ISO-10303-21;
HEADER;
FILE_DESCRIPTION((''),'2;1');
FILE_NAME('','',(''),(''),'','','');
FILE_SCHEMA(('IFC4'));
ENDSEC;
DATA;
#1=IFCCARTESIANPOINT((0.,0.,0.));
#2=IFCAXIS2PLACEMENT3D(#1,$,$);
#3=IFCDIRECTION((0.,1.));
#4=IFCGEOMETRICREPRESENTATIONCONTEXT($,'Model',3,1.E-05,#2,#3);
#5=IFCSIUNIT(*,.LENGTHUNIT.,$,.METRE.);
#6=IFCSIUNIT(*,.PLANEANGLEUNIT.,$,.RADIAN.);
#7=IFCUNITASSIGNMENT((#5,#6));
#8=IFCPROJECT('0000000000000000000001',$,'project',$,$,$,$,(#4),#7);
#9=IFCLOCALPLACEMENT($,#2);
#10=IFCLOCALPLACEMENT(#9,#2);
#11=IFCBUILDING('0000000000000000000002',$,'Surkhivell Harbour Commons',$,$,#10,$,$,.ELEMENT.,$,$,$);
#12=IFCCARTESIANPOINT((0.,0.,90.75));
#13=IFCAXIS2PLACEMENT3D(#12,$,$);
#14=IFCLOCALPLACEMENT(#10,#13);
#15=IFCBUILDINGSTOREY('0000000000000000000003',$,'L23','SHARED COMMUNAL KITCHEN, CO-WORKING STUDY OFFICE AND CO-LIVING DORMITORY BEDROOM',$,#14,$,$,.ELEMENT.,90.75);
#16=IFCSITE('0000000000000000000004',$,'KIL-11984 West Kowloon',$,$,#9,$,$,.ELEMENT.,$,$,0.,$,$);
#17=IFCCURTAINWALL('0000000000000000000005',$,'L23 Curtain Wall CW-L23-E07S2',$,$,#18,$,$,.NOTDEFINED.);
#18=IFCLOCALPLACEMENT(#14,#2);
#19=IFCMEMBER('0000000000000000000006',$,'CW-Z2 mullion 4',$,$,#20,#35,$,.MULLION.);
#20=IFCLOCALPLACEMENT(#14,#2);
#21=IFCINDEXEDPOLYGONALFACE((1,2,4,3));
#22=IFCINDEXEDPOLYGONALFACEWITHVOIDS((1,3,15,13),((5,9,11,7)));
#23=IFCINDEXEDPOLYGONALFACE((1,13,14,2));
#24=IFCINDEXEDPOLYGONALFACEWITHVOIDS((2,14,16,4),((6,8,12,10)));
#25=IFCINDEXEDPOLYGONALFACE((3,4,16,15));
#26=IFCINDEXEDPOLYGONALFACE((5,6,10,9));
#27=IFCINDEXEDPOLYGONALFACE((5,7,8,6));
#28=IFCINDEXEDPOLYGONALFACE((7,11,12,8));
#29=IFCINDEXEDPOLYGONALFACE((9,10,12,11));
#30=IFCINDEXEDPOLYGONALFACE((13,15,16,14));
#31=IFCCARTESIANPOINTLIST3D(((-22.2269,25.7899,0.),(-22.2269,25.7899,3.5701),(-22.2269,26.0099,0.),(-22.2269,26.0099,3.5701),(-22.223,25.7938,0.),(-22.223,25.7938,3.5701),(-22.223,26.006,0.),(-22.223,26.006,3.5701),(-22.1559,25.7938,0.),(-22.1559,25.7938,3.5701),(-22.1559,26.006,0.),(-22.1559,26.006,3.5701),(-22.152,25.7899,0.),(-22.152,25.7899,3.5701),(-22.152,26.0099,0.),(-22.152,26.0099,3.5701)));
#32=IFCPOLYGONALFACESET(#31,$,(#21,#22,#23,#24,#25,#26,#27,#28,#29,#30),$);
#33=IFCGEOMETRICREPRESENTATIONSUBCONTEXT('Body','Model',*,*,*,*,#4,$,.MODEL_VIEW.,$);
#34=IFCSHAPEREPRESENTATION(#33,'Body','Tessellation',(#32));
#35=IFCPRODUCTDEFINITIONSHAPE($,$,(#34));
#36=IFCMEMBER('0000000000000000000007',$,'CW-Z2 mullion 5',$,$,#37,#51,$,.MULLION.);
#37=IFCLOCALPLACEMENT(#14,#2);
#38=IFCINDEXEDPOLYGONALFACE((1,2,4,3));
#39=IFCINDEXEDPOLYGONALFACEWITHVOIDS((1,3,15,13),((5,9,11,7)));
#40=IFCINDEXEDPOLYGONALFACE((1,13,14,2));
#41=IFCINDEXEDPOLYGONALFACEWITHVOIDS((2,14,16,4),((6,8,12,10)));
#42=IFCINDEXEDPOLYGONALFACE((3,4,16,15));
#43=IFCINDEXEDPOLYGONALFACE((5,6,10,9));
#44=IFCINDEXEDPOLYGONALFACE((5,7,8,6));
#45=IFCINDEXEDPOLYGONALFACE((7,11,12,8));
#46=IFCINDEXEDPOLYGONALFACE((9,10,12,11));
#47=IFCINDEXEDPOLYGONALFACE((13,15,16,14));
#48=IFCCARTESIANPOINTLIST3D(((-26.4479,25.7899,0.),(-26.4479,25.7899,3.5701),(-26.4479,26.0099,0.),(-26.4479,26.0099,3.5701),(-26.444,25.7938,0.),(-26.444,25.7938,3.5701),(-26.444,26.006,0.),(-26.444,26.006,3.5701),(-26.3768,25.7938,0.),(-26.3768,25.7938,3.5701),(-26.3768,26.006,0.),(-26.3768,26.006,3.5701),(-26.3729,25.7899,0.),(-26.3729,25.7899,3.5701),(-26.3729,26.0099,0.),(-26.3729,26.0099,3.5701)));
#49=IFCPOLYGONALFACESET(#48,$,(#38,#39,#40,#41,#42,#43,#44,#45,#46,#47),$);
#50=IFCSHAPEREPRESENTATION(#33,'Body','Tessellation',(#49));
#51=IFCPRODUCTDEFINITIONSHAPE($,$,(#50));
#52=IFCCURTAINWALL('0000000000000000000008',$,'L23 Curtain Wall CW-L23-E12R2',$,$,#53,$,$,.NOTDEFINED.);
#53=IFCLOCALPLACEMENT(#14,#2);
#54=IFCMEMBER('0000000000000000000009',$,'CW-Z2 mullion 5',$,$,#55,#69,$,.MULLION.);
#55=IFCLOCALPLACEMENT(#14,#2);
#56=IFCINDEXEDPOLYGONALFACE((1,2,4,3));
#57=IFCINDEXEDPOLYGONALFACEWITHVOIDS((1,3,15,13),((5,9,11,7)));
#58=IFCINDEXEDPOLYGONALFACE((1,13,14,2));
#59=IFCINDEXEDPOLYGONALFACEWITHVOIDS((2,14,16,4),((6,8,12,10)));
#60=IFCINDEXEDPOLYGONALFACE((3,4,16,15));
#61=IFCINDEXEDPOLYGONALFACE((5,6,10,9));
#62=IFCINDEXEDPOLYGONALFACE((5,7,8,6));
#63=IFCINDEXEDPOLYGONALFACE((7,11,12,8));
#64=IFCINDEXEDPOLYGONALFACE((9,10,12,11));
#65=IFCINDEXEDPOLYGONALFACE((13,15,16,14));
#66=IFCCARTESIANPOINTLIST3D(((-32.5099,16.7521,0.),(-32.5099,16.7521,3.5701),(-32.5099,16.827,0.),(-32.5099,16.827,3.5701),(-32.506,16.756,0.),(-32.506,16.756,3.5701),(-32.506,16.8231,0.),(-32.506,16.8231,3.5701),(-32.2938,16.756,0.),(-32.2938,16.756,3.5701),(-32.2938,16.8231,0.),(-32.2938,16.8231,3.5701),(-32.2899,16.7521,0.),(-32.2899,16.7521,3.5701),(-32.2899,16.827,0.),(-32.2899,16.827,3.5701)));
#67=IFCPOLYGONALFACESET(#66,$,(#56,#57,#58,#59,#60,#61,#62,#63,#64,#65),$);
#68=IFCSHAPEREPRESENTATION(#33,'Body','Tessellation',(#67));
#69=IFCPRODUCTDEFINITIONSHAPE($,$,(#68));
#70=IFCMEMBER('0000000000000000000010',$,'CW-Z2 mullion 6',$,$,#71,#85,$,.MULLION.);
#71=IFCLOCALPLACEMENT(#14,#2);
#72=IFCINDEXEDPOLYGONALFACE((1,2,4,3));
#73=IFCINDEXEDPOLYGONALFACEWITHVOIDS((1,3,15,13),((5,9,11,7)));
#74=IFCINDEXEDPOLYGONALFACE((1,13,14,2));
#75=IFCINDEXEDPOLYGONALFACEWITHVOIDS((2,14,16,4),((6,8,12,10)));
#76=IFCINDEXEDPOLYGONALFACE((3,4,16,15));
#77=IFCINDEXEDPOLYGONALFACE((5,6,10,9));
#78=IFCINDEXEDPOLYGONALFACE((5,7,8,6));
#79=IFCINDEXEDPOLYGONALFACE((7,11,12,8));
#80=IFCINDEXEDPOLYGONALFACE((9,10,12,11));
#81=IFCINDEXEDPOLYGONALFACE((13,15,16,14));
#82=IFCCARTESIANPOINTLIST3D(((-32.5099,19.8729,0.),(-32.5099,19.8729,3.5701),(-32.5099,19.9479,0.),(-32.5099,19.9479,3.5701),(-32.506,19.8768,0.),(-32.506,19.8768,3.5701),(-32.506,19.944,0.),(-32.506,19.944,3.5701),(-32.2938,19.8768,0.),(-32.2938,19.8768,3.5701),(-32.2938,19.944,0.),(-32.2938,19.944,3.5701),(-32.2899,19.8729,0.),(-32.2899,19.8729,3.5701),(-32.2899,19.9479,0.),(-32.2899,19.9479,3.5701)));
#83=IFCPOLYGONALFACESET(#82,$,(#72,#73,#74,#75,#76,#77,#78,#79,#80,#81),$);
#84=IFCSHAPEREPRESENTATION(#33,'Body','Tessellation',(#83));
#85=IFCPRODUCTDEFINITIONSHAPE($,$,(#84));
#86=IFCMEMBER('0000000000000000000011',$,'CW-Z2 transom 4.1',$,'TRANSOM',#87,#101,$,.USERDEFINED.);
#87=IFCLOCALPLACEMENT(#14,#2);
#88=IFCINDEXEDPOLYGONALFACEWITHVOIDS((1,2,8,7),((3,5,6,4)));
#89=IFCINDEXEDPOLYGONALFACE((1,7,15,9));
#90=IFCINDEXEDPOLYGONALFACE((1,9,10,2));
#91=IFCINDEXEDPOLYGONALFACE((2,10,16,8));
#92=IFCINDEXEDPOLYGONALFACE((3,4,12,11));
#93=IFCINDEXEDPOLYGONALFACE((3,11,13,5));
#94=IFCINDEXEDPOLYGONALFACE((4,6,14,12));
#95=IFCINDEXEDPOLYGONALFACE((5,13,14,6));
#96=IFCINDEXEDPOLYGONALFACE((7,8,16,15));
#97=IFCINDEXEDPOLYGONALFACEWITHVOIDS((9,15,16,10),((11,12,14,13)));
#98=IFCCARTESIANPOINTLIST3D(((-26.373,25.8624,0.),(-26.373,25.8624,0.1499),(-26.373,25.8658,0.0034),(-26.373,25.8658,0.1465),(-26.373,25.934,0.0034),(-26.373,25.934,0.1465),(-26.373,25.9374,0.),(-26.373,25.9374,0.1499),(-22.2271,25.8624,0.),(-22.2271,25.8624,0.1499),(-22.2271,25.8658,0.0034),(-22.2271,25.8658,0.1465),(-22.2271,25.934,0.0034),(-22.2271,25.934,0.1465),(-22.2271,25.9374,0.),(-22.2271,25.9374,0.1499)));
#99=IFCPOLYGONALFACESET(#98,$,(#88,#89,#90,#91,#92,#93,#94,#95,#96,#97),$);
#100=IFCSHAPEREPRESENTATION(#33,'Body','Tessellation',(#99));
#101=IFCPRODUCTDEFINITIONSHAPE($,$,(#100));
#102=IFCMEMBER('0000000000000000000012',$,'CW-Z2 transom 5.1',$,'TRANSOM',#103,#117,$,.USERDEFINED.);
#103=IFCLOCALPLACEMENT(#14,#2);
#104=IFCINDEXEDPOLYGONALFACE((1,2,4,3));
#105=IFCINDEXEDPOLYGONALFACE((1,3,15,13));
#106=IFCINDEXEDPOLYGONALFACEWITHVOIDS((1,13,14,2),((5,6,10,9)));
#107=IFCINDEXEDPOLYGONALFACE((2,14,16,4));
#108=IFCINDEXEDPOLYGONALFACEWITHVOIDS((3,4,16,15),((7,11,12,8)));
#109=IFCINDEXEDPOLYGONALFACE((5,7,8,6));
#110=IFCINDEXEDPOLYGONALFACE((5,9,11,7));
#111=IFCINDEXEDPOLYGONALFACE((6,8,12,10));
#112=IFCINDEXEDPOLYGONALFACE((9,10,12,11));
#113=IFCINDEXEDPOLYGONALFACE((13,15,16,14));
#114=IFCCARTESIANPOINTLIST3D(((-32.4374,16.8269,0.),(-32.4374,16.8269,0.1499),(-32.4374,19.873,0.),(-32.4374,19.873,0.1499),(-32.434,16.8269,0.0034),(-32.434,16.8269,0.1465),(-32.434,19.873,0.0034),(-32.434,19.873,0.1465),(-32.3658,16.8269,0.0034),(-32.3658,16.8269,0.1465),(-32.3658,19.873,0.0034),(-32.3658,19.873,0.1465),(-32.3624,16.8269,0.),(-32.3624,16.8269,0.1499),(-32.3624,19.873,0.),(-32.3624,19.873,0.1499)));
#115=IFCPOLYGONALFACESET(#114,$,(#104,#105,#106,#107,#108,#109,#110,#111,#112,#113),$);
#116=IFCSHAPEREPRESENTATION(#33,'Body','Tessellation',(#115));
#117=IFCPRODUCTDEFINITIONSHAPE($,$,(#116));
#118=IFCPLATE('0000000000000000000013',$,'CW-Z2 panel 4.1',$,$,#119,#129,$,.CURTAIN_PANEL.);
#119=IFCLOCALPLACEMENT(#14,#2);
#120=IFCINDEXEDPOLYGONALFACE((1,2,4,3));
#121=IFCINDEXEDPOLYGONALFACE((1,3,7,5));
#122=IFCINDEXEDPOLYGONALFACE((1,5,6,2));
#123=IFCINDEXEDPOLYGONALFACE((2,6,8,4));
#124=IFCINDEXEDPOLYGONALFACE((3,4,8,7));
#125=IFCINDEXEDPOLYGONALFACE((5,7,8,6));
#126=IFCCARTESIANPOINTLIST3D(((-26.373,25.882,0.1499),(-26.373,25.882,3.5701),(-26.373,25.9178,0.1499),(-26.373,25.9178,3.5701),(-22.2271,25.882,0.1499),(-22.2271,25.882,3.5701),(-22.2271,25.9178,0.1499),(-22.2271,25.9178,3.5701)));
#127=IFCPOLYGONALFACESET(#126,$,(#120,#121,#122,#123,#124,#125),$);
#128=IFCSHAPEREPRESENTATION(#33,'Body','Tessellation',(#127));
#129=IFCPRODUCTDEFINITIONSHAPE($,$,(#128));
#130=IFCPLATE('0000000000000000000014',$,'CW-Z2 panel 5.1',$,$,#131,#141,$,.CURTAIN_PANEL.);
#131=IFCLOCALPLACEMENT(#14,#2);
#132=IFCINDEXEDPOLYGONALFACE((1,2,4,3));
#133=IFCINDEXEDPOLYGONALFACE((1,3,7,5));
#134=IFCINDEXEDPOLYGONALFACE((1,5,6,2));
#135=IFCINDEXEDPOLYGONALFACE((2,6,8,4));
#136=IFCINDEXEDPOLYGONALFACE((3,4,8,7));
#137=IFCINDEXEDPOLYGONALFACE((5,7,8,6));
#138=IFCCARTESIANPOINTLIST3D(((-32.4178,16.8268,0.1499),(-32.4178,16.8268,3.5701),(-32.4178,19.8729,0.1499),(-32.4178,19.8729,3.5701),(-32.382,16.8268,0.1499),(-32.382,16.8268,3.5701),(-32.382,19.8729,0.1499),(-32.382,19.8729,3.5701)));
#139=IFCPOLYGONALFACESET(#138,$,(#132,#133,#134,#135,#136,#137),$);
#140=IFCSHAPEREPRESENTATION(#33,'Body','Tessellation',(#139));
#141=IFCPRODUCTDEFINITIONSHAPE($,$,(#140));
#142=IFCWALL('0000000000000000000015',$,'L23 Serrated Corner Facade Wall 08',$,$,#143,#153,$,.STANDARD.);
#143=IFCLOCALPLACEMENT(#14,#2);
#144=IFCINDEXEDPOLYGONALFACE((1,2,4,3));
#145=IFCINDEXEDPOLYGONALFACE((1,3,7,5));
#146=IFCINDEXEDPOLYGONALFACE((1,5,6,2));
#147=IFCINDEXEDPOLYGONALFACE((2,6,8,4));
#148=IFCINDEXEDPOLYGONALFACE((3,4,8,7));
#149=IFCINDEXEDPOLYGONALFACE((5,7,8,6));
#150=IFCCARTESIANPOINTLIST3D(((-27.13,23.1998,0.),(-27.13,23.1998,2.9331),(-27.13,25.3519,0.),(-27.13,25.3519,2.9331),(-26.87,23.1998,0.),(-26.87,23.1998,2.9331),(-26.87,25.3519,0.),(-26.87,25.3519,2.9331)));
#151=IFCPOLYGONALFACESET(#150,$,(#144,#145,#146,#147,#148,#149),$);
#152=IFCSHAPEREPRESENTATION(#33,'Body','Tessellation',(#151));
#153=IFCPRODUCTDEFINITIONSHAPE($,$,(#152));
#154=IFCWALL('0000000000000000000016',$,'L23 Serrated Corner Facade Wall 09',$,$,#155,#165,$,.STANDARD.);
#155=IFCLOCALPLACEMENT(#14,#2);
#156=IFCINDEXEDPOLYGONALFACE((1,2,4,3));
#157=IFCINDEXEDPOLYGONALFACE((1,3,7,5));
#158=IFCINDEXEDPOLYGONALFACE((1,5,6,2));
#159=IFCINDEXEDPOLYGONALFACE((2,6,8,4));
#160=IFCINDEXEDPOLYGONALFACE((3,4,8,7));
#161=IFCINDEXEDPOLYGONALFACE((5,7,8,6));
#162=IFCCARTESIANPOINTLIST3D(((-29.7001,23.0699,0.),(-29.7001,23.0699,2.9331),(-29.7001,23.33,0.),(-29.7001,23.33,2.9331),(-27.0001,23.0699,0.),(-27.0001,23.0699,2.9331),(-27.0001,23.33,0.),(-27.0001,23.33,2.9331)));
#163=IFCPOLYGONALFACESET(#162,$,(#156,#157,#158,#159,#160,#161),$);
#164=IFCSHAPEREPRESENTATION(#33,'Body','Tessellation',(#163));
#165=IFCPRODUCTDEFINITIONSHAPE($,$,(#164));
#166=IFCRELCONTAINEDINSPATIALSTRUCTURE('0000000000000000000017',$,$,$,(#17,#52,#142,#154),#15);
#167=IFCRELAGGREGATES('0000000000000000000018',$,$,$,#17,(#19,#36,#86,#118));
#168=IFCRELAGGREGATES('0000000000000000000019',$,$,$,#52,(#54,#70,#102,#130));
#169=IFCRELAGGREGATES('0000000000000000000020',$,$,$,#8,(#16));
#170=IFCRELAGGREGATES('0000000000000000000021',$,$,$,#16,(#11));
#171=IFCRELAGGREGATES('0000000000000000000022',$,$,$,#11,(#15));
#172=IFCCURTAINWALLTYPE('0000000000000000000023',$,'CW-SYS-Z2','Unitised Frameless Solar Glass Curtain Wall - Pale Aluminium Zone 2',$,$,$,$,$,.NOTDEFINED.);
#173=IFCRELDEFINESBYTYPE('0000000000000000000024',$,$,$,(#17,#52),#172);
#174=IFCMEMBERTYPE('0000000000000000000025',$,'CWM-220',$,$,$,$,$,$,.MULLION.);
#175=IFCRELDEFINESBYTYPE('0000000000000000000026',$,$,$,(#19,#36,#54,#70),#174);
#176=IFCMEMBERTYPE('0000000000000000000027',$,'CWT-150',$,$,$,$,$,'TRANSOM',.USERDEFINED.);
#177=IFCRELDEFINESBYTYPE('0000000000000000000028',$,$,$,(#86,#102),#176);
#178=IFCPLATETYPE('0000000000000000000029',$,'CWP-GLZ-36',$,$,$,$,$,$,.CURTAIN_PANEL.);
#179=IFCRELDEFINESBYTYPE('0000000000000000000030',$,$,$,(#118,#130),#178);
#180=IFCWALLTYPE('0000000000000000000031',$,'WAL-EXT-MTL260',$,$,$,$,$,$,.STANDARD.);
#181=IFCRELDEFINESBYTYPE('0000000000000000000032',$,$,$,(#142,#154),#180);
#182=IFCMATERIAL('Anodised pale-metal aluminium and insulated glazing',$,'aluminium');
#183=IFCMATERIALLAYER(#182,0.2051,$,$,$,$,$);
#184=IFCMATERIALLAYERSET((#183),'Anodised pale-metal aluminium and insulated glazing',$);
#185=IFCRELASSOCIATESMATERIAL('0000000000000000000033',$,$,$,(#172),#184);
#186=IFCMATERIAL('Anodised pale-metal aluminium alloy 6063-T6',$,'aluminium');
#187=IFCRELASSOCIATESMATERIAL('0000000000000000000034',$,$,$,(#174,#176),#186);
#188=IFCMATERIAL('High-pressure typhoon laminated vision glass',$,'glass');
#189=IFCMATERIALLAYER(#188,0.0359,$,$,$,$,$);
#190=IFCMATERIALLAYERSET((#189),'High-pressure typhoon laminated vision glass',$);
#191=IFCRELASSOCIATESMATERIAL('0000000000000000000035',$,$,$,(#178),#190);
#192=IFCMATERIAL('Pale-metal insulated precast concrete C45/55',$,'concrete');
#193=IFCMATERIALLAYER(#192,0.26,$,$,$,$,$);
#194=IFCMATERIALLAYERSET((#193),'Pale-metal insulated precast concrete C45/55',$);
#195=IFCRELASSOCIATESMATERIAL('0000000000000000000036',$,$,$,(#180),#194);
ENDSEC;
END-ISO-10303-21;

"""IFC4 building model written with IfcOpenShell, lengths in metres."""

from ifc_helpers import new_model, si_unit, direction, frame, frame_2d, origin, origin_2d, place, context, subcontext, project, spatial, rectangle, hollow_rectangle, extrude, material, layer, layer_set, material_profile, profile_set, type_object, element, aggregate, save


model = new_model("IFC4")

# Units and contexts
model_context = context("Model", 3, precision=1e-05, world=origin(), true_north=direction((0.0, 1.0)))
body_context = subcontext(model_context, "Body", "Model", "MODEL_VIEW")
ifc_project = project(units=[si_unit("LENGTHUNIT", "METRE"), si_unit("PLANEANGLEUNIT", "RADIAN")], contexts=[model_context])

# Site, building, storey
site_placement = place(None, origin())
site = spatial("IfcSite", under=ifc_project, at=site_placement, Name="KIL-11984 West Kowloon", CompositionType="ELEMENT", RefElevation=0.0)
building_placement = place(site_placement, origin())
building = spatial("IfcBuilding", under=site, at=building_placement, Name="Surkhivell Harbour Commons", CompositionType="ELEMENT")
storey_placement = place(building_placement, frame((0.0, 0.0, 90.75)))
storey = spatial("IfcBuildingStorey", under=building, at=storey_placement, Name="L23", Description="SHARED COMMUNAL KITCHEN, CO-WORKING STUDY OFFICE AND CO-LIVING DORMITORY BEDROOM", CompositionType="ELEMENT", Elevation=90.75)

# Curtain walls, members
ifc_material_1 = material(Name="Anodised pale-metal aluminium and insulated glazing", Category="aluminium")
ifc_layer_1 = layer(ifc_material_1, 0.2051)
ifc_layer_set_1 = layer_set([ifc_layer_1], Name="Anodised pale-metal aluminium and insulated glazing")
curtain_wall_type = type_object("IfcCurtainWallType", Name="CW-SYS-Z2", Description="Unitised Frameless Solar Glass Curtain Wall - Pale Aluminium Zone 2", PredefinedType="NOTDEFINED", material=ifc_layer_set_1)
curtain_wall_1_placement = place(storey_placement, origin())
curtain_wall_1 = element("IfcCurtainWall", 1, at=curtain_wall_1_placement, inside=storey, type_object=curtain_wall_type, Name="L23 Curtain Wall CW-L23-E07S2", PredefinedType="NOTDEFINED")
ifc_material_2 = material(Name="Anodised pale-metal aluminium alloy 6063-T6", Category="aluminium")
ifc_material_profile_1 = material_profile(ifc_material_2, hollow_rectangle(XDim=0.075, YDim=0.22, WallThickness=0.0039, at=origin_2d()), Name="ALU-MULL-75x220")
ifc_profile_set_1 = profile_set([ifc_material_profile_1], Name="Anodised pale-metal aluminium alloy 6063-T6")
member_type_1 = type_object("IfcMemberType", Name="CWM-220", PredefinedType="MULLION", material=ifc_profile_set_1)
member_1_placement = place(storey_placement, frame((-22.1895, 25.8999, 0.0), z_axis=(0.0, 0.0, 1.0), x_axis=(-1.0, 0.0, 0.0)))
member_1 = element("IfcMember", 2, at=member_1_placement, type_object=member_type_1, Name="CW-Z2 mullion 4", PredefinedType="MULLION", context=body_context, shape_type="SweptSolid", body=[
    extrude(hollow_rectangle(XDim=0.075, YDim=0.22, WallThickness=0.0039, at=origin_2d()), origin(), (0.0, 0.0, 1.0), 3.5701),
])
member_2_placement = place(storey_placement, frame((-26.4104, 25.8999, 0.0), z_axis=(0.0, 0.0, 1.0), x_axis=(-1.0, 0.0, 0.0)))
member_2 = element("IfcMember", 3, at=member_2_placement, type_object=member_type_1, Name="CW-Z2 mullion 5", PredefinedType="MULLION", context=body_context, shape_type="SweptSolid", body=[
    extrude(hollow_rectangle(XDim=0.075, YDim=0.22, WallThickness=0.0039, at=origin_2d()), origin(), (0.0, 0.0, 1.0), 3.5701),
])
curtain_wall_2_placement = place(storey_placement, origin())
curtain_wall_2 = element("IfcCurtainWall", 4, at=curtain_wall_2_placement, inside=storey, type_object=curtain_wall_type, Name="L23 Curtain Wall CW-L23-E12R2", PredefinedType="NOTDEFINED")
member_3_placement = place(storey_placement, frame((-32.3999, 16.7896, 0.0), z_axis=(0.0, 0.0, 1.0), x_axis=(0.0, 1.0, 0.0)))
member_3 = element("IfcMember", 5, at=member_3_placement, type_object=member_type_1, Name="CW-Z2 mullion 5", PredefinedType="MULLION", context=body_context, shape_type="SweptSolid", body=[
    extrude(hollow_rectangle(XDim=0.075, YDim=0.22, WallThickness=0.0039, at=origin_2d()), origin(), (0.0, 0.0, 1.0), 3.5701),
])
member_4_placement = place(storey_placement, frame((-32.3999, 19.9104, 0.0), z_axis=(0.0, 0.0, 1.0), x_axis=(0.0, 1.0, 0.0)))
member_4 = element("IfcMember", 6, at=member_4_placement, type_object=member_type_1, Name="CW-Z2 mullion 6", PredefinedType="MULLION", context=body_context, shape_type="SweptSolid", body=[
    extrude(hollow_rectangle(XDim=0.075, YDim=0.22, WallThickness=0.0039, at=origin_2d()), origin(), (0.0, 0.0, 1.0), 3.5701),
])

# Members
ifc_material_profile_2 = material_profile(ifc_material_2, hollow_rectangle(XDim=0.075, YDim=0.1499, WallThickness=0.0034, at=origin_2d()), Name="ALU-TRAN-75x150")
ifc_profile_set_2 = profile_set([ifc_material_profile_2], Name="Anodised pale-metal aluminium alloy 6063-T6")
member_type_2 = type_object("IfcMemberType", Name="CWT-150", ElementType="TRANSOM", PredefinedType="USERDEFINED", material=ifc_profile_set_2)
member_5_placement = place(storey_placement, frame((-22.2271, 25.8999, 0.075), z_axis=(-1.0, 0.0, 0.0), x_axis=(0.0, -1.0, 0.0)))
member_5 = element("IfcMember", 7, at=member_5_placement, type_object=member_type_2, Name="CW-Z2 transom 4.1", ObjectType="TRANSOM", PredefinedType="USERDEFINED", context=body_context, shape_type="SweptSolid", body=[
    extrude(hollow_rectangle(XDim=0.075, YDim=0.1499, WallThickness=0.0034, at=origin_2d()), origin(), (0.0, 0.0, 1.0), 4.146),
])
member_6_placement = place(storey_placement, frame((-32.3999, 16.8269, 0.075), z_axis=(0.0, 1.0, 0.0), x_axis=(-1.0, 0.0, 0.0)))
member_6 = element("IfcMember", 8, at=member_6_placement, type_object=member_type_2, Name="CW-Z2 transom 5.1", ObjectType="TRANSOM", PredefinedType="USERDEFINED", context=body_context, shape_type="SweptSolid", body=[
    extrude(hollow_rectangle(XDim=0.075, YDim=0.1499, WallThickness=0.0034, at=origin_2d()), origin(), (0.0, 0.0, 1.0), 3.0461),
])

# Plates
ifc_material_3 = material(Name="High-pressure typhoon laminated vision glass", Category="glass")
ifc_layer_2 = layer(ifc_material_3, 0.0359)
ifc_layer_set_2 = layer_set([ifc_layer_2], Name="High-pressure typhoon laminated vision glass")
plate_type = type_object("IfcPlateType", Name="CWP-GLZ-36", PredefinedType="CURTAIN_PANEL", material=ifc_layer_set_2)
plate_1_placement = place(storey_placement, frame((-22.2271, 25.8999, 0.1499), z_axis=(0.0, 0.0, 1.0), x_axis=(-1.0, 0.0, 0.0)))
plate_1 = element("IfcPlate", 9, at=plate_1_placement, type_object=plate_type, Name="CW-Z2 panel 4.1", PredefinedType="CURTAIN_PANEL", context=body_context, shape_type="SweptSolid", body=[
    extrude(rectangle(XDim=4.146, YDim=0.0359, at=frame_2d((2.073, 0.0))), origin(), (0.0, 0.0, 1.0), 3.4202),
])
aggregate(curtain_wall_1, [member_1, member_2, member_5, plate_1])
plate_2_placement = place(storey_placement, frame((-32.3999, 16.8269, 0.1499), z_axis=(0.0, 0.0, 1.0), x_axis=(0.0, 1.0, 0.0)))
plate_2 = element("IfcPlate", 10, at=plate_2_placement, type_object=plate_type, Name="CW-Z2 panel 5.1", PredefinedType="CURTAIN_PANEL", context=body_context, shape_type="SweptSolid", body=[
    extrude(rectangle(XDim=3.0461, YDim=0.0359, at=frame_2d((1.5229, 0.0))), origin(), (0.0, 0.0, 1.0), 3.4202),
])
aggregate(curtain_wall_2, [member_3, member_4, member_6, plate_2])

# Walls
ifc_material_4 = material(Name="Pale-metal insulated precast concrete C45/55", Category="concrete")
ifc_layer_3 = layer(ifc_material_4, 0.26)
ifc_layer_set_3 = layer_set([ifc_layer_3], Name="Pale-metal insulated precast concrete C45/55")
wall_type = type_object("IfcWallType", Name="WAL-EXT-MTL260", PredefinedType="STANDARD", material=ifc_layer_set_3)
wall_1_placement = place(storey_placement, frame((-27.0, 25.3521, 0.0), z_axis=(0.0, 0.0, 1.0), x_axis=(0.0, -1.0, 0.0)))
element("IfcWall", 11, at=wall_1_placement, inside=storey, type_object=wall_type, Name="L23 Serrated Corner Facade Wall 08", PredefinedType="STANDARD", context=body_context, shape_type="SweptSolid", body=[
    extrude(rectangle(XDim=2.1521, YDim=0.26, at=frame_2d((1.0762, 0.0))), origin(), (0.0, 0.0, 1.0), 2.9331),
])
wall_2_placement = place(storey_placement, frame((-27.0, 23.2, 0.0), z_axis=(0.0, 0.0, 1.0), x_axis=(-1.0, 0.0, 0.0)))
element("IfcWall", 12, at=wall_2_placement, inside=storey, type_object=wall_type, Name="L23 Serrated Corner Facade Wall 09", PredefinedType="STANDARD", context=body_context, shape_type="SweptSolid", body=[
    extrude(rectangle(XDim=2.7, YDim=0.26, at=frame_2d((1.3501, 0.0))), origin(), (0.0, 0.0, 1.0), 2.9331),
])

save(model, "model.ifc")
